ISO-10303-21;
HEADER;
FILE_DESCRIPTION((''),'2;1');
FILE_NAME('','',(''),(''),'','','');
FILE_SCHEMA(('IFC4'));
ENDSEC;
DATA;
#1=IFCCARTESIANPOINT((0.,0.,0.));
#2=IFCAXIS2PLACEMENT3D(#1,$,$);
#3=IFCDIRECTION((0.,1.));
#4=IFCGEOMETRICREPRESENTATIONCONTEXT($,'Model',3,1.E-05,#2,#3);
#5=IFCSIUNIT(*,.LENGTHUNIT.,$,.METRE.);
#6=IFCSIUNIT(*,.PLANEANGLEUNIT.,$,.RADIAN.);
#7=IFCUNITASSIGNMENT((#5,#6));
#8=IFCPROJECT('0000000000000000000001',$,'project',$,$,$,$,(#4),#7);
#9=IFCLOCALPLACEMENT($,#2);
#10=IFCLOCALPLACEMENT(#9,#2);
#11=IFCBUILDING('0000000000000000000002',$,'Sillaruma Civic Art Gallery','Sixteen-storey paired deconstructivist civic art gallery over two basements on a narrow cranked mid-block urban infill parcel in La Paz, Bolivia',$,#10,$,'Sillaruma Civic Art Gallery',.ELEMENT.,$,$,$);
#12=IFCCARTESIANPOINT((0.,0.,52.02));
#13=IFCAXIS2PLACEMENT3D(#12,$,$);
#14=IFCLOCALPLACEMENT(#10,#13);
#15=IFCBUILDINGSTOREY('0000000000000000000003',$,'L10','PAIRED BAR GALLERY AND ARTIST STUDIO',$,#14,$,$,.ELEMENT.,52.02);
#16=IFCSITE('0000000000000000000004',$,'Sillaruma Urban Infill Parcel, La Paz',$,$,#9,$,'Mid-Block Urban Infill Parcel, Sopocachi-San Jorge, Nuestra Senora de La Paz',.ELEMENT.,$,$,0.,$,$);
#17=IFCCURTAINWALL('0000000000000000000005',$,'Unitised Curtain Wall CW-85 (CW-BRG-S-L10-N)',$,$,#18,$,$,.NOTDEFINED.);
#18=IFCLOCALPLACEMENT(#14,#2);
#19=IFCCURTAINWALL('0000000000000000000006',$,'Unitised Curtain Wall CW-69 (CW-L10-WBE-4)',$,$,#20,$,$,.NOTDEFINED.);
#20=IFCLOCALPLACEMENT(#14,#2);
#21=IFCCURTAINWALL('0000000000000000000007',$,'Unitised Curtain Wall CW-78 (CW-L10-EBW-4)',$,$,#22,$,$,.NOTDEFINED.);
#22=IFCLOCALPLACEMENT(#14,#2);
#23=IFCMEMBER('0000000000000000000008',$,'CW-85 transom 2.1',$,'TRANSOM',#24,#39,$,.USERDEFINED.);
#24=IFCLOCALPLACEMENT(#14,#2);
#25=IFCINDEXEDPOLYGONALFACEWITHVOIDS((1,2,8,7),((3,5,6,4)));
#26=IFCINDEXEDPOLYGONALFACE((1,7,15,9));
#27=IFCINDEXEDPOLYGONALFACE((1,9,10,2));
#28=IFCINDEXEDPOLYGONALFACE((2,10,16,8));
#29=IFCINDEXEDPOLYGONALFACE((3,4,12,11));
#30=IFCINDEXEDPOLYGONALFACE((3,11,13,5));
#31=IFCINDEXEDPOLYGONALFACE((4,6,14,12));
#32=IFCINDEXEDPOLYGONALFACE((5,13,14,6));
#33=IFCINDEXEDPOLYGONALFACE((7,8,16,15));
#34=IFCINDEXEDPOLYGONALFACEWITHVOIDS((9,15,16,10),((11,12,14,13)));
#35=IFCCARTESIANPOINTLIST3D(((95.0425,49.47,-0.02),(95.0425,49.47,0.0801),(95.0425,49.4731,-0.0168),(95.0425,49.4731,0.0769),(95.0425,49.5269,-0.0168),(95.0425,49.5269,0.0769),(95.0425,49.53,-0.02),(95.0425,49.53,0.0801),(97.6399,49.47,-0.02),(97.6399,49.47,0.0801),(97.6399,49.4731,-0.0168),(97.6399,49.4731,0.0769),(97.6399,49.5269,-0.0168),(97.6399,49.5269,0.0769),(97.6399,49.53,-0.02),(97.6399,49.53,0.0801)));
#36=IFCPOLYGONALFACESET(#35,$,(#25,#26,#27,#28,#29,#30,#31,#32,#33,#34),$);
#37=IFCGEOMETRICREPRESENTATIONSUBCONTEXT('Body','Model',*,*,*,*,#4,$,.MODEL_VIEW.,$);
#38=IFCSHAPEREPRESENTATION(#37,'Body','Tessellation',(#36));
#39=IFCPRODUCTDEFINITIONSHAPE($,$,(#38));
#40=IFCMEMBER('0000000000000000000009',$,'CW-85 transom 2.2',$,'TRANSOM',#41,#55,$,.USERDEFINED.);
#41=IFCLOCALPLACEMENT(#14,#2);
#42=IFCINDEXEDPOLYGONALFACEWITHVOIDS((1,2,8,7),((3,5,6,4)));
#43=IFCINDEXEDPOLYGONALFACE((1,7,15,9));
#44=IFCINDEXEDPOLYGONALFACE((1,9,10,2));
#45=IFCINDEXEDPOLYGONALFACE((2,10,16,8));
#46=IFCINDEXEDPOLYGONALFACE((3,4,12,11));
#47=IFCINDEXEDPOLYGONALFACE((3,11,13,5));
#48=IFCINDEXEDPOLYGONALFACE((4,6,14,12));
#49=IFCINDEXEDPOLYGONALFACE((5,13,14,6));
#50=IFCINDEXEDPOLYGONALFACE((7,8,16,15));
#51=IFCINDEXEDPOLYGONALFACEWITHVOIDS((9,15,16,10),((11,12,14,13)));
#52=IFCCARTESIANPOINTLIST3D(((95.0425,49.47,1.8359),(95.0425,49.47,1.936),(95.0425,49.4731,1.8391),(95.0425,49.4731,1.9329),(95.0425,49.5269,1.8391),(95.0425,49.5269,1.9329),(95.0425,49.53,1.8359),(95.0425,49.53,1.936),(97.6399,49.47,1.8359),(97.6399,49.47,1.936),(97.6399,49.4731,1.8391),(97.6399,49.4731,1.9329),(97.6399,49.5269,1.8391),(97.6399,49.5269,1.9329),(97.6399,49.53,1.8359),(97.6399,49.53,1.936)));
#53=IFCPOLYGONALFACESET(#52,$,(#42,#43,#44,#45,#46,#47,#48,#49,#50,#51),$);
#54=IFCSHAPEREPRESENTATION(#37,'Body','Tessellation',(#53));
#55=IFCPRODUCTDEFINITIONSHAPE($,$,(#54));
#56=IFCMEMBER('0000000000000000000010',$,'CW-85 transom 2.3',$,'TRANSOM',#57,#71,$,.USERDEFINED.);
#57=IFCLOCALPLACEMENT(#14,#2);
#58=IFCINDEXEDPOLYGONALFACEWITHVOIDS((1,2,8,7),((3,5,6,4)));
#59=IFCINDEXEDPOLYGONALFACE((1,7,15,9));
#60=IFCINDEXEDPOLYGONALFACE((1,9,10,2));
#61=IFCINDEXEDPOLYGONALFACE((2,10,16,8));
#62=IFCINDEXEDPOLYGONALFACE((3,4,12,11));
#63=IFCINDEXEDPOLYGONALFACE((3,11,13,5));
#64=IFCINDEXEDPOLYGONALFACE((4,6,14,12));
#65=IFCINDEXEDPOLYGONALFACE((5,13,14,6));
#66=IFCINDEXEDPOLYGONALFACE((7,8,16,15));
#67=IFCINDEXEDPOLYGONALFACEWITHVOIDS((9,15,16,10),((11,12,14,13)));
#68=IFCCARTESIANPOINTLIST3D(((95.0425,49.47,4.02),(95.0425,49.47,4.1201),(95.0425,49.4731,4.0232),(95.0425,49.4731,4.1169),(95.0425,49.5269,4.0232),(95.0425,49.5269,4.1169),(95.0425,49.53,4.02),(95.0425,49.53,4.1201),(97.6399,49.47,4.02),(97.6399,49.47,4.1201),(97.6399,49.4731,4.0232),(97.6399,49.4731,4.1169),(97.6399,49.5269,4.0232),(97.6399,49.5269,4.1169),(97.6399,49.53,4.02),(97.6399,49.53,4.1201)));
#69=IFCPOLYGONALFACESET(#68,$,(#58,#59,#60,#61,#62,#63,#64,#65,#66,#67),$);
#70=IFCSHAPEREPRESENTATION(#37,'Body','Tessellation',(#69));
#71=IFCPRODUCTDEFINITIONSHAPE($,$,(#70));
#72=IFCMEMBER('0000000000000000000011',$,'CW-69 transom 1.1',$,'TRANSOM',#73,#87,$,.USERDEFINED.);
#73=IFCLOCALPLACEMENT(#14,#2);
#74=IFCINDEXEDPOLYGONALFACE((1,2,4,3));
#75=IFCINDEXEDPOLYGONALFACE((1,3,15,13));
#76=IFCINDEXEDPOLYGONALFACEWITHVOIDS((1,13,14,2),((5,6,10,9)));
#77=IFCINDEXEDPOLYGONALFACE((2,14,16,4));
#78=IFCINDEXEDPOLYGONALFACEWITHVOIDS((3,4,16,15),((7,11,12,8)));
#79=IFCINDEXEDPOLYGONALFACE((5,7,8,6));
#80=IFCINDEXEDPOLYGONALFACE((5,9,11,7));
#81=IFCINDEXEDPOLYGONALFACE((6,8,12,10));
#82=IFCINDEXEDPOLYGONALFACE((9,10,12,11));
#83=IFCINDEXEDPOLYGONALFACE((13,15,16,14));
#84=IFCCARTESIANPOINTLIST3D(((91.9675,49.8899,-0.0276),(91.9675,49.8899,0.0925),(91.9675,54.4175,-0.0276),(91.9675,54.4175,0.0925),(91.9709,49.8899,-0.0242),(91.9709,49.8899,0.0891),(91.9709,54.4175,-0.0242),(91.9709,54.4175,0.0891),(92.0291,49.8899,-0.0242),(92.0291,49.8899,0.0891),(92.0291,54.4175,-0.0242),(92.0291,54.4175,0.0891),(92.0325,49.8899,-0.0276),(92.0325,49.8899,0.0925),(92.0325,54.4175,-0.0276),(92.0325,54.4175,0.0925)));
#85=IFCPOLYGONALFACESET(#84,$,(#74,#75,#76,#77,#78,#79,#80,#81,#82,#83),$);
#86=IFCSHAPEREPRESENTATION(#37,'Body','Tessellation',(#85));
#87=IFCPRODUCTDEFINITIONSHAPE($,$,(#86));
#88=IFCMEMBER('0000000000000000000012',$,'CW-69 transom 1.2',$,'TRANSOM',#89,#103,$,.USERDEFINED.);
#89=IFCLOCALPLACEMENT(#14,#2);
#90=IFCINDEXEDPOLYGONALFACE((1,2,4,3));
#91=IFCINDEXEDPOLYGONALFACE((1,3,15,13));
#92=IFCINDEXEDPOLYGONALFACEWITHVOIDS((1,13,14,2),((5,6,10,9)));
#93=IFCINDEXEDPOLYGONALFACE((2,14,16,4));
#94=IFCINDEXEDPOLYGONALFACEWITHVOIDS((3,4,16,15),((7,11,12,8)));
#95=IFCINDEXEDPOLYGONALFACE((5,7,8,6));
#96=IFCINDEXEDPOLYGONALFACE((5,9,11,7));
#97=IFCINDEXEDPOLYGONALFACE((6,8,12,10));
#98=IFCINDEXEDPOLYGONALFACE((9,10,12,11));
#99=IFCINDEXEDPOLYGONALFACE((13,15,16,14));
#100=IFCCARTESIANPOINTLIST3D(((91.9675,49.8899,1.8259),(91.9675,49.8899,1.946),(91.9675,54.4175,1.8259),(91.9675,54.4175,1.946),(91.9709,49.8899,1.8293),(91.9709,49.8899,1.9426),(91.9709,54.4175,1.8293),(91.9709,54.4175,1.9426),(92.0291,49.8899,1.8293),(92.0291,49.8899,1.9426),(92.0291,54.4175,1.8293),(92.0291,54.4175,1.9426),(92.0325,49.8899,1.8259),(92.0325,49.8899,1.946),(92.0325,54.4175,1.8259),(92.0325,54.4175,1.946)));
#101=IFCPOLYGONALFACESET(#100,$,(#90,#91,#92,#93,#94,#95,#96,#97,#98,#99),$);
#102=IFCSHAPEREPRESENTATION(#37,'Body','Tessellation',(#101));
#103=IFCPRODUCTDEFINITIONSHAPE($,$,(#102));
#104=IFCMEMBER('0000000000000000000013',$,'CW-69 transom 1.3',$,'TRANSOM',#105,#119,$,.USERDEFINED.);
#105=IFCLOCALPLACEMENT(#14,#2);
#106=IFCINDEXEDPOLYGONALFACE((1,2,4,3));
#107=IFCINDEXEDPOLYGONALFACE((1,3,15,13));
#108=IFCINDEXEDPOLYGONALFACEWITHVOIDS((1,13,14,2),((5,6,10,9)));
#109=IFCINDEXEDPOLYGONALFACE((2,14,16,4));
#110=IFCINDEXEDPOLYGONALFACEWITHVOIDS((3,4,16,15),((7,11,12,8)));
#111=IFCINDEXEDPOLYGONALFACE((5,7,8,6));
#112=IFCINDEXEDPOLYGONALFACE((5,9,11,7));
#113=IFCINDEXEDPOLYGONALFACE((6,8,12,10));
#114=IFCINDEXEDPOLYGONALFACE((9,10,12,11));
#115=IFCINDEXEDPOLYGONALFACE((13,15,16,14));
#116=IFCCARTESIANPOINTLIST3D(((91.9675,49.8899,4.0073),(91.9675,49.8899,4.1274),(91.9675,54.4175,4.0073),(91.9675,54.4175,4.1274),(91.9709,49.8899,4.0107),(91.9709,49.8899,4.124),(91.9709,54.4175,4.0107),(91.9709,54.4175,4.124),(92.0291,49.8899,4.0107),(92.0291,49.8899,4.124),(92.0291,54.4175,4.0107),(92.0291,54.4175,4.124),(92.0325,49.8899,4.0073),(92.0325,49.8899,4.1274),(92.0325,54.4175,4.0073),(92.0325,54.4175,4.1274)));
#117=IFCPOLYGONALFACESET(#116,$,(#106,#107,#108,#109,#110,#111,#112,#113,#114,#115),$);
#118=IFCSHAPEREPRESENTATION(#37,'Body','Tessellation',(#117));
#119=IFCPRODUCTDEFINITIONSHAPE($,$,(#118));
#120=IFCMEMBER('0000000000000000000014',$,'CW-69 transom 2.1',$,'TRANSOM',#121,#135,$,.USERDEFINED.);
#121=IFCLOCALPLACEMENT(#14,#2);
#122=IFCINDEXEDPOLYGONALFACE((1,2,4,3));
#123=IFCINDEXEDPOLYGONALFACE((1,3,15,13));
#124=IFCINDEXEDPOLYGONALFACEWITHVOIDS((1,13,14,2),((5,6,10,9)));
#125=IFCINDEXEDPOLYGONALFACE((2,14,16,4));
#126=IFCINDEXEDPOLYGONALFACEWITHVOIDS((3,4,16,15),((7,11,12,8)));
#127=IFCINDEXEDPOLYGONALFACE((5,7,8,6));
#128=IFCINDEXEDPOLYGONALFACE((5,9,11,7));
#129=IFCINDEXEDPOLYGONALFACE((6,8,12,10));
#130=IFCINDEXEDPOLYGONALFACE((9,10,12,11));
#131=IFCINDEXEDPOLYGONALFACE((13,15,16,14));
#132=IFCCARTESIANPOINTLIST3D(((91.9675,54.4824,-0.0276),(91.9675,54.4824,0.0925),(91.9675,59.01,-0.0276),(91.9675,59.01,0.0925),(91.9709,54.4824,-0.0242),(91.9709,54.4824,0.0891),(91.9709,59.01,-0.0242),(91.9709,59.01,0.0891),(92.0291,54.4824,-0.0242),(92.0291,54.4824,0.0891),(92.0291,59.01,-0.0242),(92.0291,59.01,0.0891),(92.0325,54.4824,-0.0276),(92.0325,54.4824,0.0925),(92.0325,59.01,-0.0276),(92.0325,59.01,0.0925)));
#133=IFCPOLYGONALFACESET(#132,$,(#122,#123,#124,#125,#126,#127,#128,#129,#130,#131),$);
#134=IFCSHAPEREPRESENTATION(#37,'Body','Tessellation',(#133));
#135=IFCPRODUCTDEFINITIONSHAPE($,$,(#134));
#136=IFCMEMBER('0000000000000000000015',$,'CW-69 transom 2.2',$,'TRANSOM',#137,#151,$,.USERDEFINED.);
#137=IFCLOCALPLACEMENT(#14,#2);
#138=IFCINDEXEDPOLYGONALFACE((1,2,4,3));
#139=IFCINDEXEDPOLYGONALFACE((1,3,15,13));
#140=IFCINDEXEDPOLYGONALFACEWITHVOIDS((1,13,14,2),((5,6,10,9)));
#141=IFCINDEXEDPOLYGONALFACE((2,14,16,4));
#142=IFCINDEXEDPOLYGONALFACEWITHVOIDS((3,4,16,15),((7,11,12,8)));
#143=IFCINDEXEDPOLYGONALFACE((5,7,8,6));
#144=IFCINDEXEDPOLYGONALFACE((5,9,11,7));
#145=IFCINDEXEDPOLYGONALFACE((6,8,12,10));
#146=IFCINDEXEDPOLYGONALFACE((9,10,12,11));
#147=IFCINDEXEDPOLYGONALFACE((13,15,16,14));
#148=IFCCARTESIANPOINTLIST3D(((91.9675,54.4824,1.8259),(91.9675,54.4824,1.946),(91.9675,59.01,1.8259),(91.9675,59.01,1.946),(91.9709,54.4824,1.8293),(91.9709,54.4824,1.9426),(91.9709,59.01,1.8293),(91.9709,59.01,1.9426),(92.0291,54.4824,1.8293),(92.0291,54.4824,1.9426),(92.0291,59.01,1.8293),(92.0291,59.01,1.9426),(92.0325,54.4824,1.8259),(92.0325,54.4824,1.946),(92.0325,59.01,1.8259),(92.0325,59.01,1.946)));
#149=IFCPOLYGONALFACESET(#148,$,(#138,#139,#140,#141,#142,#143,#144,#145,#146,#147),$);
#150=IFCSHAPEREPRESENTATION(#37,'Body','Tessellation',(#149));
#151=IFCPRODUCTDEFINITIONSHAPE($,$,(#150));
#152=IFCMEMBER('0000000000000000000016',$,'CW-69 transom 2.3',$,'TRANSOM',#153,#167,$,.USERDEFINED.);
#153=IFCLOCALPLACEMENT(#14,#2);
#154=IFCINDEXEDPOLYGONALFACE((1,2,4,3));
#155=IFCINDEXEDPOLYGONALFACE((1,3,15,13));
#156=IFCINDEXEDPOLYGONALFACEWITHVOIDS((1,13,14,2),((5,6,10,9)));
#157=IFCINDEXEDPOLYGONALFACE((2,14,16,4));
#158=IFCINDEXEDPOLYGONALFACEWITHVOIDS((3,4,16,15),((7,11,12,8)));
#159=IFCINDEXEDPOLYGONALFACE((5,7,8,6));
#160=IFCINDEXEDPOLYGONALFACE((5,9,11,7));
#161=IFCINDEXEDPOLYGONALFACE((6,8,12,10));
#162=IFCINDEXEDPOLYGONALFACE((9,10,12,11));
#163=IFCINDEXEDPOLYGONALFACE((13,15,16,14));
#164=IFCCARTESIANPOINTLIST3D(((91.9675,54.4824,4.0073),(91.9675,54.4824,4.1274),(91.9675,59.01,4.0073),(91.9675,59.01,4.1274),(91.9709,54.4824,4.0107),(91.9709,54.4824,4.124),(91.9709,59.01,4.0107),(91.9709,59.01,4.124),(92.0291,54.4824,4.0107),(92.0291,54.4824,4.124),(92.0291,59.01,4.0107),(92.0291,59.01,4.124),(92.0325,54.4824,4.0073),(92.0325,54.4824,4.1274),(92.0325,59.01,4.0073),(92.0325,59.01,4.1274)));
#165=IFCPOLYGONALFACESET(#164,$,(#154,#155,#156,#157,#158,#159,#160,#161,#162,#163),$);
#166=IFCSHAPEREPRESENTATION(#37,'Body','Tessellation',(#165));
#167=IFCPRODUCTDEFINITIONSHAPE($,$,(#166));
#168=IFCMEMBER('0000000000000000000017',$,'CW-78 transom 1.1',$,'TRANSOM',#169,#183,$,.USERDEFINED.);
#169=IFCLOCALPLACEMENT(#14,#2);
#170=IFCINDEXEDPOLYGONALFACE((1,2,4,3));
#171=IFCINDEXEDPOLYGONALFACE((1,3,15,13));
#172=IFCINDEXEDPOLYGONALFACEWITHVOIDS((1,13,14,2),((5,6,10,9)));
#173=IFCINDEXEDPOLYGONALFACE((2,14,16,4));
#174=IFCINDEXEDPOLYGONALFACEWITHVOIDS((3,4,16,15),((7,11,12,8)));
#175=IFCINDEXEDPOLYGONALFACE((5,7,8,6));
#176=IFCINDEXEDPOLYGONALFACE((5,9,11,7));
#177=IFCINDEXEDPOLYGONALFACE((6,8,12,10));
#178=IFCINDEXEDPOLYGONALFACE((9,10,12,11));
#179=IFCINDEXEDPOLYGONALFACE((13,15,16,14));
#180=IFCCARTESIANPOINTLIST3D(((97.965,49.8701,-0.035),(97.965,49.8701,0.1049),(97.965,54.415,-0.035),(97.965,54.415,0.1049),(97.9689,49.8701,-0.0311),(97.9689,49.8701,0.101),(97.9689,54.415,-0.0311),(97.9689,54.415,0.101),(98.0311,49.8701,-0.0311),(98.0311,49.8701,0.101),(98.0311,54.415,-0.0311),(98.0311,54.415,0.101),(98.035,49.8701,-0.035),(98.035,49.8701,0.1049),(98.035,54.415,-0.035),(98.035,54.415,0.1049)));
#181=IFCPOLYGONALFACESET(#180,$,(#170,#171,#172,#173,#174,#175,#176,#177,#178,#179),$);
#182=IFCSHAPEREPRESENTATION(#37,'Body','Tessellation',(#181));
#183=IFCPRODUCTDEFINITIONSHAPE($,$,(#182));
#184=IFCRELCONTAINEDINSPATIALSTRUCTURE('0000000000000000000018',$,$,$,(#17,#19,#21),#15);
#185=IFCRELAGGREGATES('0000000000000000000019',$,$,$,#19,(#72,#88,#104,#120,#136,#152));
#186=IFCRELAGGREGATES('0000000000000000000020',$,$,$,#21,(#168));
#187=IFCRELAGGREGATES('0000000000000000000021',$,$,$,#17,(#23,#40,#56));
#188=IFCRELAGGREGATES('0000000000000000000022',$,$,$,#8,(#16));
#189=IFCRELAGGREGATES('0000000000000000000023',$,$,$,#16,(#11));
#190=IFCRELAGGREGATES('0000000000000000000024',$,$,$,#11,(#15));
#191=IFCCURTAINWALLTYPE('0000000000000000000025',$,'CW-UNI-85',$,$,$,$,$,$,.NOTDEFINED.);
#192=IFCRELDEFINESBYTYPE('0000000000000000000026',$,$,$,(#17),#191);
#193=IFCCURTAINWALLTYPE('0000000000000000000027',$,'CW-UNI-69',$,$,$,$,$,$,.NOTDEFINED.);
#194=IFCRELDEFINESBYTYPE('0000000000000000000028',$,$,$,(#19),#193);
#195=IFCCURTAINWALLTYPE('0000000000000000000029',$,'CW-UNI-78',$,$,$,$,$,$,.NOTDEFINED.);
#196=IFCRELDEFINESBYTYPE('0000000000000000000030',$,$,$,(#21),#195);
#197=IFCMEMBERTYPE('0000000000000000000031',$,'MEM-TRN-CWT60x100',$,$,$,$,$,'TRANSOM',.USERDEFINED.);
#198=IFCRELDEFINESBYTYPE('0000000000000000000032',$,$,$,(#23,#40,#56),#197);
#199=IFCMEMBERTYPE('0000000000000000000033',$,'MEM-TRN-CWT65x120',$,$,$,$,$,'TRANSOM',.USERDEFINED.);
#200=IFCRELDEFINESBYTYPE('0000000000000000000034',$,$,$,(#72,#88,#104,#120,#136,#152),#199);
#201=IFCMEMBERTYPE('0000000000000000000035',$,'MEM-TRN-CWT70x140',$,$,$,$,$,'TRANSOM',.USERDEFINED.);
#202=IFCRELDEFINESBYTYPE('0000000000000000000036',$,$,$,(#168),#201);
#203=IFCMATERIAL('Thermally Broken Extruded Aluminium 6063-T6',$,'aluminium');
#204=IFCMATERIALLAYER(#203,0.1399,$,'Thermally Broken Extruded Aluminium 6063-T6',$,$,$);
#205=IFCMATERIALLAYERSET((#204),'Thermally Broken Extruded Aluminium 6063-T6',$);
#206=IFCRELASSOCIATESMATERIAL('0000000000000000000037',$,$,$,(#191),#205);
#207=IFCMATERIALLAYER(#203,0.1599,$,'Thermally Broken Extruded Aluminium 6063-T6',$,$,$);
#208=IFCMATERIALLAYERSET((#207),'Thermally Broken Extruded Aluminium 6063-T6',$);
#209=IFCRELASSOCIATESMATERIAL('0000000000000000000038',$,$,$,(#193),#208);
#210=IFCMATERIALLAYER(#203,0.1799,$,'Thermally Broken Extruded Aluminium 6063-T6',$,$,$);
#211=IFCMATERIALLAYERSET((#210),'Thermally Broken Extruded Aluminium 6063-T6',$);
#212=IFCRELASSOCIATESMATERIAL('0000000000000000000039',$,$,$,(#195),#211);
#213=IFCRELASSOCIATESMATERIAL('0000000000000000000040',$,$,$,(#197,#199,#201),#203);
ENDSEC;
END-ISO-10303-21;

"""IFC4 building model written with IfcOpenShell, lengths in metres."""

from ifc_helpers import new_model, si_unit, direction, frame, origin, origin_2d, place, context, subcontext, project, spatial, hollow_rectangle, extrude, material, layer, layer_set, material_profile, profile_set, type_object, element, aggregate, save


model = new_model("IFC4")

# Units and contexts
model_context = context("Model", 3, precision=1e-05, world=origin(), true_north=direction((0.0, 1.0)))
body_context = subcontext(model_context, "Body", "Model", "MODEL_VIEW")
ifc_project = project(units=[si_unit("LENGTHUNIT", "METRE"), si_unit("PLANEANGLEUNIT", "RADIAN")], contexts=[model_context])

# Site, building, storey
site_placement = place(None, origin())
site = spatial("IfcSite", under=ifc_project, at=site_placement, Name="Sillaruma Urban Infill Parcel, La Paz", LongName="Mid-Block Urban Infill Parcel, Sopocachi-San Jorge, Nuestra Senora de La Paz", CompositionType="ELEMENT", RefElevation=0.0)
building_placement = place(site_placement, origin())
building = spatial("IfcBuilding", under=site, at=building_placement, Name="Sillaruma Civic Art Gallery", Description="Sixteen-storey paired deconstructivist civic art gallery over two basements on a narrow cranked mid-block urban infill parcel in La Paz, Bolivia", LongName="Sillaruma Civic Art Gallery", CompositionType="ELEMENT")
storey_placement = place(building_placement, frame((0.0, 0.0, 52.02)))
storey = spatial("IfcBuildingStorey", under=building, at=storey_placement, Name="L10", Description="PAIRED BAR GALLERY AND ARTIST STUDIO", CompositionType="ELEMENT", Elevation=52.02)

# Curtain walls
ifc_material_1 = material(Name="Thermally Broken Extruded Aluminium 6063-T6", Category="aluminium")
ifc_layer_1 = layer(ifc_material_1, 0.1399, Name="Thermally Broken Extruded Aluminium 6063-T6")
ifc_layer_set_1 = layer_set([ifc_layer_1], Name="Thermally Broken Extruded Aluminium 6063-T6")
curtain_wall_type_1 = type_object("IfcCurtainWallType", Name="CW-UNI-85", PredefinedType="NOTDEFINED", material=ifc_layer_set_1)
curtain_wall_1_placement = place(storey_placement, origin())
curtain_wall_1 = element("IfcCurtainWall", 1, at=curtain_wall_1_placement, inside=storey, type_object=curtain_wall_type_1, Name="Unitised Curtain Wall CW-85 (CW-BRG-S-L10-N)", PredefinedType="NOTDEFINED")
ifc_layer_2 = layer(ifc_material_1, 0.1599, Name="Thermally Broken Extruded Aluminium 6063-T6")
ifc_layer_set_2 = layer_set([ifc_layer_2], Name="Thermally Broken Extruded Aluminium 6063-T6")
curtain_wall_type_2 = type_object("IfcCurtainWallType", Name="CW-UNI-69", PredefinedType="NOTDEFINED", material=ifc_layer_set_2)
curtain_wall_2_placement = place(storey_placement, origin())
curtain_wall_2 = element("IfcCurtainWall", 2, at=curtain_wall_2_placement, inside=storey, type_object=curtain_wall_type_2, Name="Unitised Curtain Wall CW-69 (CW-L10-WBE-4)", PredefinedType="NOTDEFINED")
ifc_layer_3 = layer(ifc_material_1, 0.1799, Name="Thermally Broken Extruded Aluminium 6063-T6")
ifc_layer_set_3 = layer_set([ifc_layer_3], Name="Thermally Broken Extruded Aluminium 6063-T6")
curtain_wall_type_3 = type_object("IfcCurtainWallType", Name="CW-UNI-78", PredefinedType="NOTDEFINED", material=ifc_layer_set_3)
curtain_wall_3_placement = place(storey_placement, origin())
curtain_wall_3 = element("IfcCurtainWall", 3, at=curtain_wall_3_placement, inside=storey, type_object=curtain_wall_type_3, Name="Unitised Curtain Wall CW-78 (CW-L10-EBW-4)", PredefinedType="NOTDEFINED")

# Members
ifc_material_profile_1 = material_profile(ifc_material_1, hollow_rectangle(XDim=0.0601, YDim=0.1001, WallThickness=0.0032, at=origin_2d()), Name="CWT60x100")
ifc_profile_set_1 = profile_set([ifc_material_profile_1], Name="Thermally Broken Extruded Aluminium 6063-T6")
member_type_1 = type_object("IfcMemberType", Name="MEM-TRN-CWT60x100", ElementType="TRANSOM", PredefinedType="USERDEFINED", material=ifc_profile_set_1)
member_1_placement = place(storey_placement, frame((95.0425, 49.5, 0.03), z_axis=(1.0, 0.0, 0.0), x_axis=(0.0, 1.0, 0.0)))
member_1 = element("IfcMember", 4, at=member_1_placement, type_object=member_type_1, Name="CW-85 transom 2.1", ObjectType="TRANSOM", PredefinedType="USERDEFINED", context=body_context, shape_type="SweptSolid", body=[
    extrude(hollow_rectangle(XDim=0.0601, YDim=0.1001, WallThickness=0.0032, at=origin_2d()), origin(), (0.0, 0.0, 1.0), 2.5974),
])
member_2_placement = place(storey_placement, frame((95.0425, 49.5, 1.886), z_axis=(1.0, 0.0, 0.0), x_axis=(0.0, 1.0, 0.0)))
member_2 = element("IfcMember", 5, at=member_2_placement, type_object=member_type_1, Name="CW-85 transom 2.2", ObjectType="TRANSOM", PredefinedType="USERDEFINED", context=body_context, shape_type="SweptSolid", body=[
    extrude(hollow_rectangle(XDim=0.0601, YDim=0.1001, WallThickness=0.0032, at=origin_2d()), origin(), (0.0, 0.0, 1.0), 2.5974),
])
member_3_placement = place(storey_placement, frame((95.0425, 49.5, 4.0701), z_axis=(1.0, 0.0, 0.0), x_axis=(0.0, 1.0, 0.0)))
member_3 = element("IfcMember", 6, at=member_3_placement, type_object=member_type_1, Name="CW-85 transom 2.3", ObjectType="TRANSOM", PredefinedType="USERDEFINED", context=body_context, shape_type="SweptSolid", body=[
    extrude(hollow_rectangle(XDim=0.0601, YDim=0.1001, WallThickness=0.0032, at=origin_2d()), origin(), (0.0, 0.0, 1.0), 2.5974),
])
ifc_material_profile_2 = material_profile(ifc_material_1, hollow_rectangle(XDim=0.0649, YDim=0.1201, WallThickness=0.0034, at=origin_2d()), Name="CWT65x120")
ifc_profile_set_2 = profile_set([ifc_material_profile_2], Name="Thermally Broken Extruded Aluminium 6063-T6")
member_type_2 = type_object("IfcMemberType", Name="MEM-TRN-CWT65x120", ElementType="TRANSOM", PredefinedType="USERDEFINED", material=ifc_profile_set_2)
member_4_placement = place(storey_placement, frame((92.0, 49.8899, 0.0325), z_axis=(0.0, 1.0, 0.0), x_axis=(-1.0, 0.0, 0.0)))
member_4 = element("IfcMember", 7, at=member_4_placement, type_object=member_type_2, Name="CW-69 transom 1.1", ObjectType="TRANSOM", PredefinedType="USERDEFINED", context=body_context, shape_type="SweptSolid", body=[
    extrude(hollow_rectangle(XDim=0.0649, YDim=0.1201, WallThickness=0.0034, at=origin_2d()), origin(), (0.0, 0.0, 1.0), 4.5276),
])
member_5_placement = place(storey_placement, frame((92.0, 49.8899, 1.886), z_axis=(0.0, 1.0, 0.0), x_axis=(-1.0, 0.0, 0.0)))
member_5 = element("IfcMember", 8, at=member_5_placement, type_object=member_type_2, Name="CW-69 transom 1.2", ObjectType="TRANSOM", PredefinedType="USERDEFINED", context=body_context, shape_type="SweptSolid", body=[
    extrude(hollow_rectangle(XDim=0.0649, YDim=0.1201, WallThickness=0.0034, at=origin_2d()), origin(), (0.0, 0.0, 1.0), 4.5276),
])
member_6_placement = place(storey_placement, frame((92.0, 49.8899, 4.0674), z_axis=(0.0, 1.0, 0.0), x_axis=(-1.0, 0.0, 0.0)))
member_6 = element("IfcMember", 9, at=member_6_placement, type_object=member_type_2, Name="CW-69 transom 1.3", ObjectType="TRANSOM", PredefinedType="USERDEFINED", context=body_context, shape_type="SweptSolid", body=[
    extrude(hollow_rectangle(XDim=0.0649, YDim=0.1201, WallThickness=0.0034, at=origin_2d()), origin(), (0.0, 0.0, 1.0), 4.5276),
])
member_7_placement = place(storey_placement, frame((92.0, 54.4824, 0.0325), z_axis=(0.0, 1.0, 0.0), x_axis=(-1.0, 0.0, 0.0)))
member_7 = element("IfcMember", 10, at=member_7_placement, type_object=member_type_2, Name="CW-69 transom 2.1", ObjectType="TRANSOM", PredefinedType="USERDEFINED", context=body_context, shape_type="SweptSolid", body=[
    extrude(hollow_rectangle(XDim=0.0649, YDim=0.1201, WallThickness=0.0034, at=origin_2d()), origin(), (0.0, 0.0, 1.0), 4.5276),
])
member_8_placement = place(storey_placement, frame((92.0, 54.4824, 1.886), z_axis=(0.0, 1.0, 0.0), x_axis=(-1.0, 0.0, 0.0)))
member_8 = element("IfcMember", 11, at=member_8_placement, type_object=member_type_2, Name="CW-69 transom 2.2", ObjectType="TRANSOM", PredefinedType="USERDEFINED", context=body_context, shape_type="SweptSolid", body=[
    extrude(hollow_rectangle(XDim=0.0649, YDim=0.1201, WallThickness=0.0034, at=origin_2d()), origin(), (0.0, 0.0, 1.0), 4.5276),
])
member_9_placement = place(storey_placement, frame((92.0, 54.4824, 4.0674), z_axis=(0.0, 1.0, 0.0), x_axis=(-1.0, 0.0, 0.0)))
member_9 = element("IfcMember", 12, at=member_9_placement, type_object=member_type_2, Name="CW-69 transom 2.3", ObjectType="TRANSOM", PredefinedType="USERDEFINED", context=body_context, shape_type="SweptSolid", body=[
    extrude(hollow_rectangle(XDim=0.0649, YDim=0.1201, WallThickness=0.0034, at=origin_2d()), origin(), (0.0, 0.0, 1.0), 4.5276),
])
ifc_material_profile_3 = material_profile(ifc_material_1, hollow_rectangle(XDim=0.0701, YDim=0.1399, WallThickness=0.0039, at=origin_2d()), Name="CWT70x140")
ifc_profile_set_3 = profile_set([ifc_material_profile_3], Name="Thermally Broken Extruded Aluminium 6063-T6")
member_type_3 = type_object("IfcMemberType", Name="MEM-TRN-CWT70x140", ElementType="TRANSOM", PredefinedType="USERDEFINED", material=ifc_profile_set_3)
member_10_placement = place(storey_placement, frame((98.0, 49.8701, 0.0349), z_axis=(0.0, 1.0, 0.0), x_axis=(-1.0, 0.0, 0.0)))
member_10 = element("IfcMember", 13, at=member_10_placement, type_object=member_type_3, Name="CW-78 transom 1.1", ObjectType="TRANSOM", PredefinedType="USERDEFINED", context=body_context, shape_type="SweptSolid", body=[
    extrude(hollow_rectangle(XDim=0.0701, YDim=0.1399, WallThickness=0.0039, at=origin_2d()), origin(), (0.0, 0.0, 1.0), 4.5449),
])

aggregate(curtain_wall_2, [member_4, member_5, member_6, member_7, member_8, member_9])
aggregate(curtain_wall_3, [member_10])
aggregate(curtain_wall_1, [member_1, member_2, member_3])

save(model, "model.ifc")
